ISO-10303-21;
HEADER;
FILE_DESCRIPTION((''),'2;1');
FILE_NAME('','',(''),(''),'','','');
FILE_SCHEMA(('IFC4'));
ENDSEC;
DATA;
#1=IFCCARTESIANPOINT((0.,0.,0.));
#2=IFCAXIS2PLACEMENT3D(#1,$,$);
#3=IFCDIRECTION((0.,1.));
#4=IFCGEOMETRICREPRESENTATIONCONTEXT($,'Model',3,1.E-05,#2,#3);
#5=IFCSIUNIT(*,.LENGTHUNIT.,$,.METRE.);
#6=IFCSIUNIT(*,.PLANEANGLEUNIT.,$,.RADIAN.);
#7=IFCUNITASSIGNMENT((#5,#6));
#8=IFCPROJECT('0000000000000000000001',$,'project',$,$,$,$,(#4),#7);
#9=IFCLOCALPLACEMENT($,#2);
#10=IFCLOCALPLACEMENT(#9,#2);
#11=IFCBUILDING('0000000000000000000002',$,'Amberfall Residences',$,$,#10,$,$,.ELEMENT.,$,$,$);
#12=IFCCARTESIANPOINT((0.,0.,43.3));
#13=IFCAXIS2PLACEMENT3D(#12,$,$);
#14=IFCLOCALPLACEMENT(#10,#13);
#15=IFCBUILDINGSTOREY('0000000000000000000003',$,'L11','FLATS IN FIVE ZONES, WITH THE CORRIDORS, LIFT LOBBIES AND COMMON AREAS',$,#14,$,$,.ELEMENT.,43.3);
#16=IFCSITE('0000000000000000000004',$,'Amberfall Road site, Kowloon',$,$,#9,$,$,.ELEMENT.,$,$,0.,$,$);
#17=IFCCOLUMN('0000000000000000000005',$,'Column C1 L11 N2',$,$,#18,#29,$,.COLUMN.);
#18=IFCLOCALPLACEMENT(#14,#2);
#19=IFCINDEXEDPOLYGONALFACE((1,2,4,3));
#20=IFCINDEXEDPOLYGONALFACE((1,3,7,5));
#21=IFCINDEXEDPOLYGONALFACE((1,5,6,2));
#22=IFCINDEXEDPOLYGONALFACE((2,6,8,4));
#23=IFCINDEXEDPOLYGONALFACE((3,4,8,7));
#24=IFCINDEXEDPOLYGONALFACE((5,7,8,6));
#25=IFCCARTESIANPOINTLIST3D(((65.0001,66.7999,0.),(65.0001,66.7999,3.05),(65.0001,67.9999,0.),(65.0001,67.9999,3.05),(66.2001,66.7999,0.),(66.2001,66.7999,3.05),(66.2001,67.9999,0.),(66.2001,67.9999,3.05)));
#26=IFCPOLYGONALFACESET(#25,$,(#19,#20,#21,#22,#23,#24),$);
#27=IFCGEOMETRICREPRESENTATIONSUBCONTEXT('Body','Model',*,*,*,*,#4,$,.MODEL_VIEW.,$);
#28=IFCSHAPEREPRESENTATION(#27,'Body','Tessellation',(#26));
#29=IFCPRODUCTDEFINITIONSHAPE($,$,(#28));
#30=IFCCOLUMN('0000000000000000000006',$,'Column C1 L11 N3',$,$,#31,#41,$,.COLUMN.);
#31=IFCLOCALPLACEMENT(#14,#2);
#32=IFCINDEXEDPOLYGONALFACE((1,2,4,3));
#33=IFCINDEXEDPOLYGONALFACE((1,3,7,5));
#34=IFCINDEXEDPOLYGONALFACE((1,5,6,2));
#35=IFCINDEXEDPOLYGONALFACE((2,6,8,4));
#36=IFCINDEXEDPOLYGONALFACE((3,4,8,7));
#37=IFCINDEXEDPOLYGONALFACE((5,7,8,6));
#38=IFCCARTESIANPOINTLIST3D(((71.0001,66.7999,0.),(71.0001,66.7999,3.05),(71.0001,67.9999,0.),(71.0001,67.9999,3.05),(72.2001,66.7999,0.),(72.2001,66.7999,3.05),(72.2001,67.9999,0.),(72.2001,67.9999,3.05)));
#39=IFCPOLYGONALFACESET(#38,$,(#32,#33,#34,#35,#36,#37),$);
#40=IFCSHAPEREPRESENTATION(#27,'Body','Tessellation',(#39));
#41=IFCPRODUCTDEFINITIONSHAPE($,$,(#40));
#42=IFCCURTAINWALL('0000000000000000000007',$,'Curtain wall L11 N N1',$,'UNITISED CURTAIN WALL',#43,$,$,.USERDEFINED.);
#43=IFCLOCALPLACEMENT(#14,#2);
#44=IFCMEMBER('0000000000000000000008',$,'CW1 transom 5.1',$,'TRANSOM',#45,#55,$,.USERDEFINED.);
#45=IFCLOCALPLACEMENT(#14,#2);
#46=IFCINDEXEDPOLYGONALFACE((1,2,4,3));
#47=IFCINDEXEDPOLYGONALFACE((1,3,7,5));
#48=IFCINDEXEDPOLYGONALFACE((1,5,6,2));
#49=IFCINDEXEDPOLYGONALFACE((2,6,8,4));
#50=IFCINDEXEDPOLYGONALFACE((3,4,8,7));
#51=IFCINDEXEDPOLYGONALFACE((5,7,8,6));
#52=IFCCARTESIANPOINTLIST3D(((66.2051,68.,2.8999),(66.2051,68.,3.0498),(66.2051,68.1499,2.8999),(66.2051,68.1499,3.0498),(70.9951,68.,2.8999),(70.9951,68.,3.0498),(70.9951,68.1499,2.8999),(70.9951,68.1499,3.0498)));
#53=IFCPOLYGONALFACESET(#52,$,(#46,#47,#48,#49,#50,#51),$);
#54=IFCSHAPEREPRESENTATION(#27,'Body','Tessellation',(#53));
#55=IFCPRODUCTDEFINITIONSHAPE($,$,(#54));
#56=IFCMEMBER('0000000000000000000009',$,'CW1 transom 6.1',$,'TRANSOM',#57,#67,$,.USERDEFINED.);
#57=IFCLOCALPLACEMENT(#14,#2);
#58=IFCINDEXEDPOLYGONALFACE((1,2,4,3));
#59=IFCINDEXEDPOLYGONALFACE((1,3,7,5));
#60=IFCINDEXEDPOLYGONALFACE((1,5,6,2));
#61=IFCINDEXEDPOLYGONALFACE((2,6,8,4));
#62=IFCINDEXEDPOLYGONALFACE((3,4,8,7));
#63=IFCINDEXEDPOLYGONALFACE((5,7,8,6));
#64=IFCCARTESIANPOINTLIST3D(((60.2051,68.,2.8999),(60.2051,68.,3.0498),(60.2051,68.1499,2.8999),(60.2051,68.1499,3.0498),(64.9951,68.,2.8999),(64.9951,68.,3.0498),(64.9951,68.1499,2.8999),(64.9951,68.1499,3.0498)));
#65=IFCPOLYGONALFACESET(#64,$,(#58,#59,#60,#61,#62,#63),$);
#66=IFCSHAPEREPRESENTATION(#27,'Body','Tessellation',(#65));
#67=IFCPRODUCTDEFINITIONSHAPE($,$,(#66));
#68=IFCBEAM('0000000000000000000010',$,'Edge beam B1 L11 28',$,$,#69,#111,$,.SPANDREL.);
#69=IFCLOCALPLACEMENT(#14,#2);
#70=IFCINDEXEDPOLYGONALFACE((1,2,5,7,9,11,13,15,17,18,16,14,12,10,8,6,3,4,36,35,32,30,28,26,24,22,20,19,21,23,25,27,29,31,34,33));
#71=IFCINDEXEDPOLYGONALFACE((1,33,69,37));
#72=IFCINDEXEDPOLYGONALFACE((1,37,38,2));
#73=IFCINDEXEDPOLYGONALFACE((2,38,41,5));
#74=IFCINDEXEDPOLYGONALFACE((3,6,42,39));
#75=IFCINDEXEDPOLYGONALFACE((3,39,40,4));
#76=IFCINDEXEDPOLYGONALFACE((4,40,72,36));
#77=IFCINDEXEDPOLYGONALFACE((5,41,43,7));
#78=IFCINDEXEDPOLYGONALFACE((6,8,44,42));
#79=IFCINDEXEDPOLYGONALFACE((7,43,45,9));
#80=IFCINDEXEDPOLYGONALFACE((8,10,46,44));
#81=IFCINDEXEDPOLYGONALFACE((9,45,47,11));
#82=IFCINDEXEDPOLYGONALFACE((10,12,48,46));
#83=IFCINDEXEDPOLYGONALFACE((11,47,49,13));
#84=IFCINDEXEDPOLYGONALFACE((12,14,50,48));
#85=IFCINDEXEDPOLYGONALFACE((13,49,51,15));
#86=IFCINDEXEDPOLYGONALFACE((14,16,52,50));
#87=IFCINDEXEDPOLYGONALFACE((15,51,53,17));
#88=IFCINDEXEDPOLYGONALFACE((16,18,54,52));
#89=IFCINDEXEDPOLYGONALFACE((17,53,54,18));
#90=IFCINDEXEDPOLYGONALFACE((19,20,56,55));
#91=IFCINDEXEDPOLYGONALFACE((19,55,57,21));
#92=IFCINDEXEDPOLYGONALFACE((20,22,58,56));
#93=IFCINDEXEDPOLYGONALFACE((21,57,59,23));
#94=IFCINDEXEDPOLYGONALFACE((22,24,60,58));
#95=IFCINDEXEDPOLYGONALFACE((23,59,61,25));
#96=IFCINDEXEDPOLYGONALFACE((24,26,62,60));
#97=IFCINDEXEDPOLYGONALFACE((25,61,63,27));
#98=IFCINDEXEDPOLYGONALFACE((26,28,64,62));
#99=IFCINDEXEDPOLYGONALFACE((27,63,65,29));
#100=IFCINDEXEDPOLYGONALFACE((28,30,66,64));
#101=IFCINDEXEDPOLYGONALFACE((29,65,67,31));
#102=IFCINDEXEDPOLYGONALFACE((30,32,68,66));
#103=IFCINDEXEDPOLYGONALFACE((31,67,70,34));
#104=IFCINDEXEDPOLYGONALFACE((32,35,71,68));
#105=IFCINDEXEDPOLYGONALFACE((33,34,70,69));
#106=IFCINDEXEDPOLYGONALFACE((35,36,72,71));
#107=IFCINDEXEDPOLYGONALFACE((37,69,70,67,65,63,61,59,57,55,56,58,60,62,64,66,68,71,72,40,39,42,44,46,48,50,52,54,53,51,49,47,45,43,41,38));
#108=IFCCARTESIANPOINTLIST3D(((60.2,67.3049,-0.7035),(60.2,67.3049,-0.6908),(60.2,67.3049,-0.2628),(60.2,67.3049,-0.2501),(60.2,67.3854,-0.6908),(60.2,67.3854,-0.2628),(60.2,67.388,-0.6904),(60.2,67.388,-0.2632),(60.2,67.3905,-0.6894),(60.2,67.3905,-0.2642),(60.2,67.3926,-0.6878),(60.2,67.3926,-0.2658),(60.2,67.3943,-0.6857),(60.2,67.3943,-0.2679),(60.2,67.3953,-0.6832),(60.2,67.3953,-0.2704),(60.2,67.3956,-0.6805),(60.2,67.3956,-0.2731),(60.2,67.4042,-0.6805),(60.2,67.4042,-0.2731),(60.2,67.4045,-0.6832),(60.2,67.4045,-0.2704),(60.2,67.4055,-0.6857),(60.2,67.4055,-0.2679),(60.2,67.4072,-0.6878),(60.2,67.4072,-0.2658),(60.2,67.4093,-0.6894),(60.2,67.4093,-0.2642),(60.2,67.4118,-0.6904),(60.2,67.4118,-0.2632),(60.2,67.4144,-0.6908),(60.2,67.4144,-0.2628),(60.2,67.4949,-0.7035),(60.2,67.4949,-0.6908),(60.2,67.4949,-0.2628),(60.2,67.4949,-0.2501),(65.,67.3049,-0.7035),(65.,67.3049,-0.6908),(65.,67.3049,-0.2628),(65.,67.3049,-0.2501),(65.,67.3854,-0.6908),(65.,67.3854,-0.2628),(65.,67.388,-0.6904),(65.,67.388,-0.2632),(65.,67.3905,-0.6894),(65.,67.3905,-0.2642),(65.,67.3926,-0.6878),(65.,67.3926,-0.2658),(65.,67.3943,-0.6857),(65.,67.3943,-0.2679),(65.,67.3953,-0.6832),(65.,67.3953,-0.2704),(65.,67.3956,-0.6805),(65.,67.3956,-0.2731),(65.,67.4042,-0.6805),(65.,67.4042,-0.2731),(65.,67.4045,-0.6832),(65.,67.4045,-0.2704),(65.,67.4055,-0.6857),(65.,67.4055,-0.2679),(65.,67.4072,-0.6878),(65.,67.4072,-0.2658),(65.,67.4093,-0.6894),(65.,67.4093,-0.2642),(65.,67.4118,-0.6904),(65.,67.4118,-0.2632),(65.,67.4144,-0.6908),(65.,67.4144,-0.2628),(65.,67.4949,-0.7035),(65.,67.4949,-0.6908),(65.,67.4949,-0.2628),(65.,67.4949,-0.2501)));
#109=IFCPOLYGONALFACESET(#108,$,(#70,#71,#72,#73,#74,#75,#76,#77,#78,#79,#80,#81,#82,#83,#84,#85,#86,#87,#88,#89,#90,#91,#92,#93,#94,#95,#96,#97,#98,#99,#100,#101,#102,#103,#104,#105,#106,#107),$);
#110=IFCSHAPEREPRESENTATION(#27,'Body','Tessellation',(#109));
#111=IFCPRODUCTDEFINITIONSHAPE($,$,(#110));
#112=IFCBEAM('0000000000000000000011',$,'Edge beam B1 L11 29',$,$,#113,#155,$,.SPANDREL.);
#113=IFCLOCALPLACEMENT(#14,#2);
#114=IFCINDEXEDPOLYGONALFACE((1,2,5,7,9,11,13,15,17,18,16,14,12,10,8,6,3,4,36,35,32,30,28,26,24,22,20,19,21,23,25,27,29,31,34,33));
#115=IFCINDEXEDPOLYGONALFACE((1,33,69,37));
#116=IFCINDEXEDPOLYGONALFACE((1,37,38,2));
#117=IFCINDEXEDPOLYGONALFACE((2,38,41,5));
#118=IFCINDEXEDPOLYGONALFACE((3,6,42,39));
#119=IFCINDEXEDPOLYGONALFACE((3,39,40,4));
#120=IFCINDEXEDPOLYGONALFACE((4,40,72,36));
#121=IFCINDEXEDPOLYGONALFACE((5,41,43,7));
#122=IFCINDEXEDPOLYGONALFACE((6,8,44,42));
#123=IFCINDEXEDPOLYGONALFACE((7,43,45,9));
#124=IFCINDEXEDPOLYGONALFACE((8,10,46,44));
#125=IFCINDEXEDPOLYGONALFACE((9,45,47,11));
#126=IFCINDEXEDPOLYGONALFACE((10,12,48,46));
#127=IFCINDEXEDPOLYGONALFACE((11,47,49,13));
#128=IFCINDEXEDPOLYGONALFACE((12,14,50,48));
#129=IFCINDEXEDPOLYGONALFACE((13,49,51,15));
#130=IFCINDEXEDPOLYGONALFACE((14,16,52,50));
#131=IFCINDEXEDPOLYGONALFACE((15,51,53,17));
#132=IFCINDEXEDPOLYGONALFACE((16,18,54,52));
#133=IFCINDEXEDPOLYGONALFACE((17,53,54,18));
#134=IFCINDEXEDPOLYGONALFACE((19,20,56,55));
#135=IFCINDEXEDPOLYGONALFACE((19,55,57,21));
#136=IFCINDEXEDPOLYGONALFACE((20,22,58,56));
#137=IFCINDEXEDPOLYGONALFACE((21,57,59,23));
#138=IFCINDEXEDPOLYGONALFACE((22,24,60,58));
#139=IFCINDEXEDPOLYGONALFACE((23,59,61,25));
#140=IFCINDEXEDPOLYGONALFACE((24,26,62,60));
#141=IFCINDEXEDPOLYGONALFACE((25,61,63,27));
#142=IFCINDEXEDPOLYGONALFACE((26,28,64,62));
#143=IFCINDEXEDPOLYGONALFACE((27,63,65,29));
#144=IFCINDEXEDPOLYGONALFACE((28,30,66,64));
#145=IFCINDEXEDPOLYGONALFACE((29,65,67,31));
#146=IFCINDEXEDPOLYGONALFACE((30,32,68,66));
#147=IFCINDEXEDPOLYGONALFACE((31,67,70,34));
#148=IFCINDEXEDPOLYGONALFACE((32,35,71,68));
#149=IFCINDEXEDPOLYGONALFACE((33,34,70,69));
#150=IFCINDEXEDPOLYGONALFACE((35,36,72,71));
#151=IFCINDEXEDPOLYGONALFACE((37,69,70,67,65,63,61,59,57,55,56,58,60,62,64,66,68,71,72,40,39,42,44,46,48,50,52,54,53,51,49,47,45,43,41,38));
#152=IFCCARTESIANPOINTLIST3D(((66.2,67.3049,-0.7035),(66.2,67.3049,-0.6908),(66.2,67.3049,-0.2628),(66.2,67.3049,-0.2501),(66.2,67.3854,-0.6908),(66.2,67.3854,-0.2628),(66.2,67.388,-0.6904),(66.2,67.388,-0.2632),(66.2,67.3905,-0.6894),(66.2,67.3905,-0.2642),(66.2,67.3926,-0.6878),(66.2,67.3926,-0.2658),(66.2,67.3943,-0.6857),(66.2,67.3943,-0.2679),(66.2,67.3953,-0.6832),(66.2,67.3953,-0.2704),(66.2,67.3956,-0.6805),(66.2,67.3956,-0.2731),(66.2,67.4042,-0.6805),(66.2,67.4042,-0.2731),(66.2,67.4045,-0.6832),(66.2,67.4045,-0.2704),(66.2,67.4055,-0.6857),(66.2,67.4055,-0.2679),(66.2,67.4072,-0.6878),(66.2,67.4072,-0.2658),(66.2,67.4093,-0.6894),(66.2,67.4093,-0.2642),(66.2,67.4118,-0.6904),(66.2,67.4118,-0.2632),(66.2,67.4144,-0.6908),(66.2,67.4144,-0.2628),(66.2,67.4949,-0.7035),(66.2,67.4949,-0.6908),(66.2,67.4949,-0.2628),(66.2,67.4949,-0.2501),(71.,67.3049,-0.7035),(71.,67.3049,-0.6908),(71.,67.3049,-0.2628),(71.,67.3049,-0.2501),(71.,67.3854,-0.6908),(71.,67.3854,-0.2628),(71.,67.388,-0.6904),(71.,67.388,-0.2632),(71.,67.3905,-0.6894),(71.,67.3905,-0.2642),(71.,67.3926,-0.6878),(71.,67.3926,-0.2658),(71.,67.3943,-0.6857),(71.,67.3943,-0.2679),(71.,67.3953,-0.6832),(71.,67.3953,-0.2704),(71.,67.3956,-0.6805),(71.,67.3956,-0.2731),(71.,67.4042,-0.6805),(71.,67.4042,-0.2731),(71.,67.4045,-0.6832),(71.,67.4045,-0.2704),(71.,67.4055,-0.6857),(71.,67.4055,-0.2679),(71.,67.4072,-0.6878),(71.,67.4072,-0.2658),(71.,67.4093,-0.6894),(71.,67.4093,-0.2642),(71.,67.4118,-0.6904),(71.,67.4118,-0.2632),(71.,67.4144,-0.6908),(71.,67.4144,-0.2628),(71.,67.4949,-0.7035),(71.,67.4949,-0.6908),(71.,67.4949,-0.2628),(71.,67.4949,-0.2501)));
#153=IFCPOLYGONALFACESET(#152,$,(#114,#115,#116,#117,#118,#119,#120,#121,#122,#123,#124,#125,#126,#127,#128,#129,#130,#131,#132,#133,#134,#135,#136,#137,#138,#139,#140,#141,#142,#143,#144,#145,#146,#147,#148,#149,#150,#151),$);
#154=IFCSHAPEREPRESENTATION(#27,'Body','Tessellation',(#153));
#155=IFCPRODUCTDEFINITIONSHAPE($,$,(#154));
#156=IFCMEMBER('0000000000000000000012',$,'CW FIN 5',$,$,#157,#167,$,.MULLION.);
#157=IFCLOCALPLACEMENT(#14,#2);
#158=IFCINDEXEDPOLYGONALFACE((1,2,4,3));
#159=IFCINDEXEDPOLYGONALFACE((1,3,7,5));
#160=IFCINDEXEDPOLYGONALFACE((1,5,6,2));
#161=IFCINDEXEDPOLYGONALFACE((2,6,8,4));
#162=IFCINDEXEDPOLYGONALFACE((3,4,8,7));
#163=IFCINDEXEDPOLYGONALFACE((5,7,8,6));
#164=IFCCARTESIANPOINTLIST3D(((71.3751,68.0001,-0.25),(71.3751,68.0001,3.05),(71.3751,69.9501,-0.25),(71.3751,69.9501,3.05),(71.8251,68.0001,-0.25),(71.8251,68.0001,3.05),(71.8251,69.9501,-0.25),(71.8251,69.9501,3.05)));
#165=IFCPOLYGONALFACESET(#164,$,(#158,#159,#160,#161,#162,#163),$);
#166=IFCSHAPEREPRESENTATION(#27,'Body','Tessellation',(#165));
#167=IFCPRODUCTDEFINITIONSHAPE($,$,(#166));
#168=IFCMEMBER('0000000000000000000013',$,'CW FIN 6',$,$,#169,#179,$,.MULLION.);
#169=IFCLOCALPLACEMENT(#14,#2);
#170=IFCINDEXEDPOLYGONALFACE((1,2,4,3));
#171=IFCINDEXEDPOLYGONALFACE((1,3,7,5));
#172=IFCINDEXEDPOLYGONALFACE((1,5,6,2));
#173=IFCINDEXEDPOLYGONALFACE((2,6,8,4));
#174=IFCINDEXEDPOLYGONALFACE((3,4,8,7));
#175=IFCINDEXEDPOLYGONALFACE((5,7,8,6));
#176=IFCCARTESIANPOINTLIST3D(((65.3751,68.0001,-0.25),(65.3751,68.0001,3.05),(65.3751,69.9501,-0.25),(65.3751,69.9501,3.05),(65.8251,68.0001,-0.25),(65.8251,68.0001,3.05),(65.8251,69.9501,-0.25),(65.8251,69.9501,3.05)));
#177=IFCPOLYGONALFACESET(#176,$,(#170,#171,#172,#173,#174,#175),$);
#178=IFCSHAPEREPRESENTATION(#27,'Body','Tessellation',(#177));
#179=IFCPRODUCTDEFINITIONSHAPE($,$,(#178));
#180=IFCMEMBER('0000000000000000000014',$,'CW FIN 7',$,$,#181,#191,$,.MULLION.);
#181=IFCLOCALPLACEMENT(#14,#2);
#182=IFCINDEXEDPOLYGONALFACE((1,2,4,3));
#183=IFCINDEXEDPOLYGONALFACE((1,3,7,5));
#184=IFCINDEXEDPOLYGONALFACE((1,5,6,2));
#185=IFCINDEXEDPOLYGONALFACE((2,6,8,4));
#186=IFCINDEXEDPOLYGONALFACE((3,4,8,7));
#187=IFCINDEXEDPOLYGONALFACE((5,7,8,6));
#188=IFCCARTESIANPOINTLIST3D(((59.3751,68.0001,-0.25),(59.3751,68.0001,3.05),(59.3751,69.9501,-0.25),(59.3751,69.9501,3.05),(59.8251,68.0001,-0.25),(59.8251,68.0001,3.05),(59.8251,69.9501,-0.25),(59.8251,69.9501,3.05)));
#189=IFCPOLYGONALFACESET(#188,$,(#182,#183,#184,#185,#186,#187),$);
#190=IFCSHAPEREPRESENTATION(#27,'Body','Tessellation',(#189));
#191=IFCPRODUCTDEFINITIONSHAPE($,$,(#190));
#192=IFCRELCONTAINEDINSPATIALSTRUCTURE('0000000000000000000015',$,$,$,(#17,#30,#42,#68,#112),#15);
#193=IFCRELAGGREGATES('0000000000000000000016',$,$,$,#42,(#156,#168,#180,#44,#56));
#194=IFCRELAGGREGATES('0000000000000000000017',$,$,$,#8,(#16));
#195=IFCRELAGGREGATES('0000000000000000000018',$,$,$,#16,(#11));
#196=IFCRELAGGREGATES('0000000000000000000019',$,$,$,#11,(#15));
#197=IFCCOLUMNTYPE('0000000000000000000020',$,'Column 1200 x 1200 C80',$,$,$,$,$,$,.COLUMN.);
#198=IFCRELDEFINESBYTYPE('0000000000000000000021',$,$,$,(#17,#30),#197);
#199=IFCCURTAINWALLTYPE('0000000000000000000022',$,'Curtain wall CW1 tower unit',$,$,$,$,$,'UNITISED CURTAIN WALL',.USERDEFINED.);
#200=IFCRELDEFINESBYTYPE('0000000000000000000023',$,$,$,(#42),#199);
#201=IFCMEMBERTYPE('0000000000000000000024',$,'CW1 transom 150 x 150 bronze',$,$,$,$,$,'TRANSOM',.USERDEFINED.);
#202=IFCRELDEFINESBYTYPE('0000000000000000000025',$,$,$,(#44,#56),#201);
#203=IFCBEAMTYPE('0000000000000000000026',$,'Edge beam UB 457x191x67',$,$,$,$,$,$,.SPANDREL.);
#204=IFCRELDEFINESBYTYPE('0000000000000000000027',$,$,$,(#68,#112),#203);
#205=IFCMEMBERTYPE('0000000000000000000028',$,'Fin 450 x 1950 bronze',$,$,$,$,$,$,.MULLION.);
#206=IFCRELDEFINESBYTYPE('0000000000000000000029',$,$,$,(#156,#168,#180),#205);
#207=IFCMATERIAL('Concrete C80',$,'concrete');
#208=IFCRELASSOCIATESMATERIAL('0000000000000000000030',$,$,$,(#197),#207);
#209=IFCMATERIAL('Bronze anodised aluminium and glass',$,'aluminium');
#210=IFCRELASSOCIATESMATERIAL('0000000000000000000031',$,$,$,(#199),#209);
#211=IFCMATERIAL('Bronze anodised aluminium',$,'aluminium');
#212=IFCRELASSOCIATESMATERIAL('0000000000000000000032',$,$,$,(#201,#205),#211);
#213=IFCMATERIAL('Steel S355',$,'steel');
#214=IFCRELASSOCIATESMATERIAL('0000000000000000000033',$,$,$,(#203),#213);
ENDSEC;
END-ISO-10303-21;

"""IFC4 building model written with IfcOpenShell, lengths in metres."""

from ifc_helpers import new_model, si_unit, direction, frame, origin, origin_2d, place, context, subcontext, project, spatial, rectangle, i_section, extrude, material, material_profile, profile_set, type_object, element, aggregate, save


model = new_model("IFC4")

# Units and contexts
model_context = context("Model", 3, precision=1e-05, world=origin(), true_north=direction((0.0, 1.0)))
body_context = subcontext(model_context, "Body", "Model", "MODEL_VIEW")
ifc_project = project(units=[si_unit("LENGTHUNIT", "METRE"), si_unit("PLANEANGLEUNIT", "RADIAN")], contexts=[model_context])

# Site, building, storey
site_placement = place(None, origin())
site = spatial("IfcSite", under=ifc_project, at=site_placement, Name="Amberfall Road site, Kowloon", CompositionType="ELEMENT", RefElevation=0.0)
building_placement = place(site_placement, origin())
building = spatial("IfcBuilding", under=site, at=building_placement, Name="Amberfall Residences", CompositionType="ELEMENT")
storey_placement = place(building_placement, frame((0.0, 0.0, 43.3)))
storey = spatial("IfcBuildingStorey", under=building, at=storey_placement, Name="L11", Description="FLATS IN FIVE ZONES, WITH THE CORRIDORS, LIFT LOBBIES AND COMMON AREAS", CompositionType="ELEMENT", Elevation=43.3)

# Columns
ifc_material_1 = material(Name="Concrete C80", Category="concrete")
ifc_material_profile_1 = material_profile(ifc_material_1, rectangle(XDim=1.2, YDim=1.2, at=origin_2d()), Name="Column 1200 x 1200 C80")
ifc_profile_set_1 = profile_set([ifc_material_profile_1], Name="Concrete C80")
column_type = type_object("IfcColumnType", Name="Column 1200 x 1200 C80", PredefinedType="COLUMN", material=ifc_profile_set_1)
for number, where, z_axis, x_axis, name in (
    (1, (65.6001, 67.3999, 0.0), (0.0, 0.0, 1.0), (1.0, 0.0, 0.0), "Column C1 L11 N2"),
    (2, (71.6001, 67.3999, 0.0), (0.0, 0.0, 1.0), (1.0, 0.0, 0.0), "Column C1 L11 N3"),
):
    element("IfcColumn", number, at=place(storey_placement, frame(where, z_axis=z_axis, x_axis=x_axis)), inside=storey, type_object=column_type, Name=name, PredefinedType="COLUMN", context=body_context, shape_type="SweptSolid", body=[
        extrude(rectangle(XDim=1.2, YDim=1.2, at=origin_2d()), origin(), (0.0, 0.0, 1.0), 3.05),
    ])

# Curtain wall, members
ifc_material_2 = material(Name="Bronze anodised aluminium and glass", Category="aluminium")
curtain_wall_type = type_object("IfcCurtainWallType", Name="Curtain wall CW1 tower unit", ElementType="UNITISED CURTAIN WALL", PredefinedType="USERDEFINED", material=ifc_material_2)
curtain_wall_placement = place(storey_placement, origin())
curtain_wall = element("IfcCurtainWall", 3, at=curtain_wall_placement, inside=storey, type_object=curtain_wall_type, Name="Curtain wall L11 N N1", ObjectType="UNITISED CURTAIN WALL", PredefinedType="USERDEFINED")
ifc_material_3 = material(Name="Bronze anodised aluminium", Category="aluminium")
ifc_material_profile_2 = material_profile(ifc_material_3, rectangle(XDim=0.1499, YDim=0.1499, at=origin_2d()), Name="CW1 transom 150 x 150 bronze")
ifc_profile_set_2 = profile_set([ifc_material_profile_2], Name="Bronze anodised aluminium")
member_type_1 = type_object("IfcMemberType", Name="CW1 transom 150 x 150 bronze", ElementType="TRANSOM", PredefinedType="USERDEFINED", material=ifc_profile_set_2)
member_1_placement = place(storey_placement, frame((70.9951, 68.075, 2.9749), z_axis=(-1.0, 0.0, 0.0), x_axis=(0.0, -1.0, 0.0)))
member_1 = element("IfcMember", 4, at=member_1_placement, type_object=member_type_1, Name="CW1 transom 5.1", ObjectType="TRANSOM", PredefinedType="USERDEFINED", context=body_context, shape_type="SweptSolid", body=[
    extrude(rectangle(XDim=0.1499, YDim=0.1499, at=origin_2d()), origin(), (0.0, 0.0, 1.0), 4.79),
])
member_2_placement = place(storey_placement, frame((64.9951, 68.075, 2.9749), z_axis=(-1.0, 0.0, 0.0), x_axis=(0.0, -1.0, 0.0)))
member_2 = element("IfcMember", 5, at=member_2_placement, type_object=member_type_1, Name="CW1 transom 6.1", ObjectType="TRANSOM", PredefinedType="USERDEFINED", context=body_context, shape_type="SweptSolid", body=[
    extrude(rectangle(XDim=0.1499, YDim=0.1499, at=origin_2d()), origin(), (0.0, 0.0, 1.0), 4.79),
])

# Beams
ifc_material_4 = material(Name="Steel S355", Category="steel")
ifc_material_profile_3 = material_profile(ifc_material_4, i_section(OverallWidth=0.1899, OverallDepth=0.4534, WebThickness=0.0085, FlangeThickness=0.0127, FilletRadius=0.0103, at=origin_2d()), Name="UB 457x191x67")
ifc_profile_set_3 = profile_set([ifc_material_profile_3], Name="Steel S355")
beam_type_1 = type_object("IfcBeamType", Name="Edge beam UB 457x191x67", PredefinedType="SPANDREL", material=ifc_profile_set_3)
for number, where, z_axis, x_axis, name in (
    (6, (60.2, 67.3999, -0.4768), (1.0, 0.0, 0.0), (0.0, 1.0, 0.0), "Edge beam B1 L11 28"),
    (7, (66.2, 67.3999, -0.4768), (1.0, 0.0, 0.0), (0.0, 1.0, 0.0), "Edge beam B1 L11 29"),
):
    element("IfcBeam", number, at=place(storey_placement, frame(where, z_axis=z_axis, x_axis=x_axis)), inside=storey, type_object=beam_type_1, Name=name, PredefinedType="SPANDREL", context=body_context, shape_type="SweptSolid", body=[
        extrude(i_section(OverallWidth=0.1899, OverallDepth=0.4534, WebThickness=0.0085, FlangeThickness=0.0127, FilletRadius=0.0103, at=origin_2d()), origin(), (0.0, 0.0, 1.0), 4.8),
    ])

# Members
ifc_material_profile_4 = material_profile(ifc_material_3, rectangle(XDim=1.95, YDim=0.45, at=origin_2d()), Name="Fin 450 x 1950 bronze")
ifc_profile_set_4 = profile_set([ifc_material_profile_4], Name="Bronze anodised aluminium")
member_type_2 = type_object("IfcMemberType", Name="Fin 450 x 1950 bronze", PredefinedType="MULLION", material=ifc_profile_set_4)
member_3_placement = place(storey_placement, frame((71.6001, 68.9751, -0.25), z_axis=(0.0, 0.0, 1.0), x_axis=(0.0, -1.0, 0.0)))
member_3 = element("IfcMember", 8, at=member_3_placement, type_object=member_type_2, Name="CW FIN 5", PredefinedType="MULLION", context=body_context, shape_type="SweptSolid", body=[
    extrude(rectangle(XDim=1.95, YDim=0.45, at=origin_2d()), origin(), (0.0, 0.0, 1.0), 3.3),
])
member_4_placement = place(storey_placement, frame((65.6001, 68.9751, -0.25), z_axis=(0.0, 0.0, 1.0), x_axis=(0.0, -1.0, 0.0)))
member_4 = element("IfcMember", 9, at=member_4_placement, type_object=member_type_2, Name="CW FIN 6", PredefinedType="MULLION", context=body_context, shape_type="SweptSolid", body=[
    extrude(rectangle(XDim=1.95, YDim=0.45, at=origin_2d()), origin(), (0.0, 0.0, 1.0), 3.3),
])
member_5_placement = place(storey_placement, frame((59.6001, 68.9751, -0.25), z_axis=(0.0, 0.0, 1.0), x_axis=(0.0, -1.0, 0.0)))
member_5 = element("IfcMember", 10, at=member_5_placement, type_object=member_type_2, Name="CW FIN 7", PredefinedType="MULLION", context=body_context, shape_type="SweptSolid", body=[
    extrude(rectangle(XDim=1.95, YDim=0.45, at=origin_2d()), origin(), (0.0, 0.0, 1.0), 3.3),
])

aggregate(curtain_wall, [member_3, member_4, member_5, member_1, member_2])

save(model, "model.ifc")
